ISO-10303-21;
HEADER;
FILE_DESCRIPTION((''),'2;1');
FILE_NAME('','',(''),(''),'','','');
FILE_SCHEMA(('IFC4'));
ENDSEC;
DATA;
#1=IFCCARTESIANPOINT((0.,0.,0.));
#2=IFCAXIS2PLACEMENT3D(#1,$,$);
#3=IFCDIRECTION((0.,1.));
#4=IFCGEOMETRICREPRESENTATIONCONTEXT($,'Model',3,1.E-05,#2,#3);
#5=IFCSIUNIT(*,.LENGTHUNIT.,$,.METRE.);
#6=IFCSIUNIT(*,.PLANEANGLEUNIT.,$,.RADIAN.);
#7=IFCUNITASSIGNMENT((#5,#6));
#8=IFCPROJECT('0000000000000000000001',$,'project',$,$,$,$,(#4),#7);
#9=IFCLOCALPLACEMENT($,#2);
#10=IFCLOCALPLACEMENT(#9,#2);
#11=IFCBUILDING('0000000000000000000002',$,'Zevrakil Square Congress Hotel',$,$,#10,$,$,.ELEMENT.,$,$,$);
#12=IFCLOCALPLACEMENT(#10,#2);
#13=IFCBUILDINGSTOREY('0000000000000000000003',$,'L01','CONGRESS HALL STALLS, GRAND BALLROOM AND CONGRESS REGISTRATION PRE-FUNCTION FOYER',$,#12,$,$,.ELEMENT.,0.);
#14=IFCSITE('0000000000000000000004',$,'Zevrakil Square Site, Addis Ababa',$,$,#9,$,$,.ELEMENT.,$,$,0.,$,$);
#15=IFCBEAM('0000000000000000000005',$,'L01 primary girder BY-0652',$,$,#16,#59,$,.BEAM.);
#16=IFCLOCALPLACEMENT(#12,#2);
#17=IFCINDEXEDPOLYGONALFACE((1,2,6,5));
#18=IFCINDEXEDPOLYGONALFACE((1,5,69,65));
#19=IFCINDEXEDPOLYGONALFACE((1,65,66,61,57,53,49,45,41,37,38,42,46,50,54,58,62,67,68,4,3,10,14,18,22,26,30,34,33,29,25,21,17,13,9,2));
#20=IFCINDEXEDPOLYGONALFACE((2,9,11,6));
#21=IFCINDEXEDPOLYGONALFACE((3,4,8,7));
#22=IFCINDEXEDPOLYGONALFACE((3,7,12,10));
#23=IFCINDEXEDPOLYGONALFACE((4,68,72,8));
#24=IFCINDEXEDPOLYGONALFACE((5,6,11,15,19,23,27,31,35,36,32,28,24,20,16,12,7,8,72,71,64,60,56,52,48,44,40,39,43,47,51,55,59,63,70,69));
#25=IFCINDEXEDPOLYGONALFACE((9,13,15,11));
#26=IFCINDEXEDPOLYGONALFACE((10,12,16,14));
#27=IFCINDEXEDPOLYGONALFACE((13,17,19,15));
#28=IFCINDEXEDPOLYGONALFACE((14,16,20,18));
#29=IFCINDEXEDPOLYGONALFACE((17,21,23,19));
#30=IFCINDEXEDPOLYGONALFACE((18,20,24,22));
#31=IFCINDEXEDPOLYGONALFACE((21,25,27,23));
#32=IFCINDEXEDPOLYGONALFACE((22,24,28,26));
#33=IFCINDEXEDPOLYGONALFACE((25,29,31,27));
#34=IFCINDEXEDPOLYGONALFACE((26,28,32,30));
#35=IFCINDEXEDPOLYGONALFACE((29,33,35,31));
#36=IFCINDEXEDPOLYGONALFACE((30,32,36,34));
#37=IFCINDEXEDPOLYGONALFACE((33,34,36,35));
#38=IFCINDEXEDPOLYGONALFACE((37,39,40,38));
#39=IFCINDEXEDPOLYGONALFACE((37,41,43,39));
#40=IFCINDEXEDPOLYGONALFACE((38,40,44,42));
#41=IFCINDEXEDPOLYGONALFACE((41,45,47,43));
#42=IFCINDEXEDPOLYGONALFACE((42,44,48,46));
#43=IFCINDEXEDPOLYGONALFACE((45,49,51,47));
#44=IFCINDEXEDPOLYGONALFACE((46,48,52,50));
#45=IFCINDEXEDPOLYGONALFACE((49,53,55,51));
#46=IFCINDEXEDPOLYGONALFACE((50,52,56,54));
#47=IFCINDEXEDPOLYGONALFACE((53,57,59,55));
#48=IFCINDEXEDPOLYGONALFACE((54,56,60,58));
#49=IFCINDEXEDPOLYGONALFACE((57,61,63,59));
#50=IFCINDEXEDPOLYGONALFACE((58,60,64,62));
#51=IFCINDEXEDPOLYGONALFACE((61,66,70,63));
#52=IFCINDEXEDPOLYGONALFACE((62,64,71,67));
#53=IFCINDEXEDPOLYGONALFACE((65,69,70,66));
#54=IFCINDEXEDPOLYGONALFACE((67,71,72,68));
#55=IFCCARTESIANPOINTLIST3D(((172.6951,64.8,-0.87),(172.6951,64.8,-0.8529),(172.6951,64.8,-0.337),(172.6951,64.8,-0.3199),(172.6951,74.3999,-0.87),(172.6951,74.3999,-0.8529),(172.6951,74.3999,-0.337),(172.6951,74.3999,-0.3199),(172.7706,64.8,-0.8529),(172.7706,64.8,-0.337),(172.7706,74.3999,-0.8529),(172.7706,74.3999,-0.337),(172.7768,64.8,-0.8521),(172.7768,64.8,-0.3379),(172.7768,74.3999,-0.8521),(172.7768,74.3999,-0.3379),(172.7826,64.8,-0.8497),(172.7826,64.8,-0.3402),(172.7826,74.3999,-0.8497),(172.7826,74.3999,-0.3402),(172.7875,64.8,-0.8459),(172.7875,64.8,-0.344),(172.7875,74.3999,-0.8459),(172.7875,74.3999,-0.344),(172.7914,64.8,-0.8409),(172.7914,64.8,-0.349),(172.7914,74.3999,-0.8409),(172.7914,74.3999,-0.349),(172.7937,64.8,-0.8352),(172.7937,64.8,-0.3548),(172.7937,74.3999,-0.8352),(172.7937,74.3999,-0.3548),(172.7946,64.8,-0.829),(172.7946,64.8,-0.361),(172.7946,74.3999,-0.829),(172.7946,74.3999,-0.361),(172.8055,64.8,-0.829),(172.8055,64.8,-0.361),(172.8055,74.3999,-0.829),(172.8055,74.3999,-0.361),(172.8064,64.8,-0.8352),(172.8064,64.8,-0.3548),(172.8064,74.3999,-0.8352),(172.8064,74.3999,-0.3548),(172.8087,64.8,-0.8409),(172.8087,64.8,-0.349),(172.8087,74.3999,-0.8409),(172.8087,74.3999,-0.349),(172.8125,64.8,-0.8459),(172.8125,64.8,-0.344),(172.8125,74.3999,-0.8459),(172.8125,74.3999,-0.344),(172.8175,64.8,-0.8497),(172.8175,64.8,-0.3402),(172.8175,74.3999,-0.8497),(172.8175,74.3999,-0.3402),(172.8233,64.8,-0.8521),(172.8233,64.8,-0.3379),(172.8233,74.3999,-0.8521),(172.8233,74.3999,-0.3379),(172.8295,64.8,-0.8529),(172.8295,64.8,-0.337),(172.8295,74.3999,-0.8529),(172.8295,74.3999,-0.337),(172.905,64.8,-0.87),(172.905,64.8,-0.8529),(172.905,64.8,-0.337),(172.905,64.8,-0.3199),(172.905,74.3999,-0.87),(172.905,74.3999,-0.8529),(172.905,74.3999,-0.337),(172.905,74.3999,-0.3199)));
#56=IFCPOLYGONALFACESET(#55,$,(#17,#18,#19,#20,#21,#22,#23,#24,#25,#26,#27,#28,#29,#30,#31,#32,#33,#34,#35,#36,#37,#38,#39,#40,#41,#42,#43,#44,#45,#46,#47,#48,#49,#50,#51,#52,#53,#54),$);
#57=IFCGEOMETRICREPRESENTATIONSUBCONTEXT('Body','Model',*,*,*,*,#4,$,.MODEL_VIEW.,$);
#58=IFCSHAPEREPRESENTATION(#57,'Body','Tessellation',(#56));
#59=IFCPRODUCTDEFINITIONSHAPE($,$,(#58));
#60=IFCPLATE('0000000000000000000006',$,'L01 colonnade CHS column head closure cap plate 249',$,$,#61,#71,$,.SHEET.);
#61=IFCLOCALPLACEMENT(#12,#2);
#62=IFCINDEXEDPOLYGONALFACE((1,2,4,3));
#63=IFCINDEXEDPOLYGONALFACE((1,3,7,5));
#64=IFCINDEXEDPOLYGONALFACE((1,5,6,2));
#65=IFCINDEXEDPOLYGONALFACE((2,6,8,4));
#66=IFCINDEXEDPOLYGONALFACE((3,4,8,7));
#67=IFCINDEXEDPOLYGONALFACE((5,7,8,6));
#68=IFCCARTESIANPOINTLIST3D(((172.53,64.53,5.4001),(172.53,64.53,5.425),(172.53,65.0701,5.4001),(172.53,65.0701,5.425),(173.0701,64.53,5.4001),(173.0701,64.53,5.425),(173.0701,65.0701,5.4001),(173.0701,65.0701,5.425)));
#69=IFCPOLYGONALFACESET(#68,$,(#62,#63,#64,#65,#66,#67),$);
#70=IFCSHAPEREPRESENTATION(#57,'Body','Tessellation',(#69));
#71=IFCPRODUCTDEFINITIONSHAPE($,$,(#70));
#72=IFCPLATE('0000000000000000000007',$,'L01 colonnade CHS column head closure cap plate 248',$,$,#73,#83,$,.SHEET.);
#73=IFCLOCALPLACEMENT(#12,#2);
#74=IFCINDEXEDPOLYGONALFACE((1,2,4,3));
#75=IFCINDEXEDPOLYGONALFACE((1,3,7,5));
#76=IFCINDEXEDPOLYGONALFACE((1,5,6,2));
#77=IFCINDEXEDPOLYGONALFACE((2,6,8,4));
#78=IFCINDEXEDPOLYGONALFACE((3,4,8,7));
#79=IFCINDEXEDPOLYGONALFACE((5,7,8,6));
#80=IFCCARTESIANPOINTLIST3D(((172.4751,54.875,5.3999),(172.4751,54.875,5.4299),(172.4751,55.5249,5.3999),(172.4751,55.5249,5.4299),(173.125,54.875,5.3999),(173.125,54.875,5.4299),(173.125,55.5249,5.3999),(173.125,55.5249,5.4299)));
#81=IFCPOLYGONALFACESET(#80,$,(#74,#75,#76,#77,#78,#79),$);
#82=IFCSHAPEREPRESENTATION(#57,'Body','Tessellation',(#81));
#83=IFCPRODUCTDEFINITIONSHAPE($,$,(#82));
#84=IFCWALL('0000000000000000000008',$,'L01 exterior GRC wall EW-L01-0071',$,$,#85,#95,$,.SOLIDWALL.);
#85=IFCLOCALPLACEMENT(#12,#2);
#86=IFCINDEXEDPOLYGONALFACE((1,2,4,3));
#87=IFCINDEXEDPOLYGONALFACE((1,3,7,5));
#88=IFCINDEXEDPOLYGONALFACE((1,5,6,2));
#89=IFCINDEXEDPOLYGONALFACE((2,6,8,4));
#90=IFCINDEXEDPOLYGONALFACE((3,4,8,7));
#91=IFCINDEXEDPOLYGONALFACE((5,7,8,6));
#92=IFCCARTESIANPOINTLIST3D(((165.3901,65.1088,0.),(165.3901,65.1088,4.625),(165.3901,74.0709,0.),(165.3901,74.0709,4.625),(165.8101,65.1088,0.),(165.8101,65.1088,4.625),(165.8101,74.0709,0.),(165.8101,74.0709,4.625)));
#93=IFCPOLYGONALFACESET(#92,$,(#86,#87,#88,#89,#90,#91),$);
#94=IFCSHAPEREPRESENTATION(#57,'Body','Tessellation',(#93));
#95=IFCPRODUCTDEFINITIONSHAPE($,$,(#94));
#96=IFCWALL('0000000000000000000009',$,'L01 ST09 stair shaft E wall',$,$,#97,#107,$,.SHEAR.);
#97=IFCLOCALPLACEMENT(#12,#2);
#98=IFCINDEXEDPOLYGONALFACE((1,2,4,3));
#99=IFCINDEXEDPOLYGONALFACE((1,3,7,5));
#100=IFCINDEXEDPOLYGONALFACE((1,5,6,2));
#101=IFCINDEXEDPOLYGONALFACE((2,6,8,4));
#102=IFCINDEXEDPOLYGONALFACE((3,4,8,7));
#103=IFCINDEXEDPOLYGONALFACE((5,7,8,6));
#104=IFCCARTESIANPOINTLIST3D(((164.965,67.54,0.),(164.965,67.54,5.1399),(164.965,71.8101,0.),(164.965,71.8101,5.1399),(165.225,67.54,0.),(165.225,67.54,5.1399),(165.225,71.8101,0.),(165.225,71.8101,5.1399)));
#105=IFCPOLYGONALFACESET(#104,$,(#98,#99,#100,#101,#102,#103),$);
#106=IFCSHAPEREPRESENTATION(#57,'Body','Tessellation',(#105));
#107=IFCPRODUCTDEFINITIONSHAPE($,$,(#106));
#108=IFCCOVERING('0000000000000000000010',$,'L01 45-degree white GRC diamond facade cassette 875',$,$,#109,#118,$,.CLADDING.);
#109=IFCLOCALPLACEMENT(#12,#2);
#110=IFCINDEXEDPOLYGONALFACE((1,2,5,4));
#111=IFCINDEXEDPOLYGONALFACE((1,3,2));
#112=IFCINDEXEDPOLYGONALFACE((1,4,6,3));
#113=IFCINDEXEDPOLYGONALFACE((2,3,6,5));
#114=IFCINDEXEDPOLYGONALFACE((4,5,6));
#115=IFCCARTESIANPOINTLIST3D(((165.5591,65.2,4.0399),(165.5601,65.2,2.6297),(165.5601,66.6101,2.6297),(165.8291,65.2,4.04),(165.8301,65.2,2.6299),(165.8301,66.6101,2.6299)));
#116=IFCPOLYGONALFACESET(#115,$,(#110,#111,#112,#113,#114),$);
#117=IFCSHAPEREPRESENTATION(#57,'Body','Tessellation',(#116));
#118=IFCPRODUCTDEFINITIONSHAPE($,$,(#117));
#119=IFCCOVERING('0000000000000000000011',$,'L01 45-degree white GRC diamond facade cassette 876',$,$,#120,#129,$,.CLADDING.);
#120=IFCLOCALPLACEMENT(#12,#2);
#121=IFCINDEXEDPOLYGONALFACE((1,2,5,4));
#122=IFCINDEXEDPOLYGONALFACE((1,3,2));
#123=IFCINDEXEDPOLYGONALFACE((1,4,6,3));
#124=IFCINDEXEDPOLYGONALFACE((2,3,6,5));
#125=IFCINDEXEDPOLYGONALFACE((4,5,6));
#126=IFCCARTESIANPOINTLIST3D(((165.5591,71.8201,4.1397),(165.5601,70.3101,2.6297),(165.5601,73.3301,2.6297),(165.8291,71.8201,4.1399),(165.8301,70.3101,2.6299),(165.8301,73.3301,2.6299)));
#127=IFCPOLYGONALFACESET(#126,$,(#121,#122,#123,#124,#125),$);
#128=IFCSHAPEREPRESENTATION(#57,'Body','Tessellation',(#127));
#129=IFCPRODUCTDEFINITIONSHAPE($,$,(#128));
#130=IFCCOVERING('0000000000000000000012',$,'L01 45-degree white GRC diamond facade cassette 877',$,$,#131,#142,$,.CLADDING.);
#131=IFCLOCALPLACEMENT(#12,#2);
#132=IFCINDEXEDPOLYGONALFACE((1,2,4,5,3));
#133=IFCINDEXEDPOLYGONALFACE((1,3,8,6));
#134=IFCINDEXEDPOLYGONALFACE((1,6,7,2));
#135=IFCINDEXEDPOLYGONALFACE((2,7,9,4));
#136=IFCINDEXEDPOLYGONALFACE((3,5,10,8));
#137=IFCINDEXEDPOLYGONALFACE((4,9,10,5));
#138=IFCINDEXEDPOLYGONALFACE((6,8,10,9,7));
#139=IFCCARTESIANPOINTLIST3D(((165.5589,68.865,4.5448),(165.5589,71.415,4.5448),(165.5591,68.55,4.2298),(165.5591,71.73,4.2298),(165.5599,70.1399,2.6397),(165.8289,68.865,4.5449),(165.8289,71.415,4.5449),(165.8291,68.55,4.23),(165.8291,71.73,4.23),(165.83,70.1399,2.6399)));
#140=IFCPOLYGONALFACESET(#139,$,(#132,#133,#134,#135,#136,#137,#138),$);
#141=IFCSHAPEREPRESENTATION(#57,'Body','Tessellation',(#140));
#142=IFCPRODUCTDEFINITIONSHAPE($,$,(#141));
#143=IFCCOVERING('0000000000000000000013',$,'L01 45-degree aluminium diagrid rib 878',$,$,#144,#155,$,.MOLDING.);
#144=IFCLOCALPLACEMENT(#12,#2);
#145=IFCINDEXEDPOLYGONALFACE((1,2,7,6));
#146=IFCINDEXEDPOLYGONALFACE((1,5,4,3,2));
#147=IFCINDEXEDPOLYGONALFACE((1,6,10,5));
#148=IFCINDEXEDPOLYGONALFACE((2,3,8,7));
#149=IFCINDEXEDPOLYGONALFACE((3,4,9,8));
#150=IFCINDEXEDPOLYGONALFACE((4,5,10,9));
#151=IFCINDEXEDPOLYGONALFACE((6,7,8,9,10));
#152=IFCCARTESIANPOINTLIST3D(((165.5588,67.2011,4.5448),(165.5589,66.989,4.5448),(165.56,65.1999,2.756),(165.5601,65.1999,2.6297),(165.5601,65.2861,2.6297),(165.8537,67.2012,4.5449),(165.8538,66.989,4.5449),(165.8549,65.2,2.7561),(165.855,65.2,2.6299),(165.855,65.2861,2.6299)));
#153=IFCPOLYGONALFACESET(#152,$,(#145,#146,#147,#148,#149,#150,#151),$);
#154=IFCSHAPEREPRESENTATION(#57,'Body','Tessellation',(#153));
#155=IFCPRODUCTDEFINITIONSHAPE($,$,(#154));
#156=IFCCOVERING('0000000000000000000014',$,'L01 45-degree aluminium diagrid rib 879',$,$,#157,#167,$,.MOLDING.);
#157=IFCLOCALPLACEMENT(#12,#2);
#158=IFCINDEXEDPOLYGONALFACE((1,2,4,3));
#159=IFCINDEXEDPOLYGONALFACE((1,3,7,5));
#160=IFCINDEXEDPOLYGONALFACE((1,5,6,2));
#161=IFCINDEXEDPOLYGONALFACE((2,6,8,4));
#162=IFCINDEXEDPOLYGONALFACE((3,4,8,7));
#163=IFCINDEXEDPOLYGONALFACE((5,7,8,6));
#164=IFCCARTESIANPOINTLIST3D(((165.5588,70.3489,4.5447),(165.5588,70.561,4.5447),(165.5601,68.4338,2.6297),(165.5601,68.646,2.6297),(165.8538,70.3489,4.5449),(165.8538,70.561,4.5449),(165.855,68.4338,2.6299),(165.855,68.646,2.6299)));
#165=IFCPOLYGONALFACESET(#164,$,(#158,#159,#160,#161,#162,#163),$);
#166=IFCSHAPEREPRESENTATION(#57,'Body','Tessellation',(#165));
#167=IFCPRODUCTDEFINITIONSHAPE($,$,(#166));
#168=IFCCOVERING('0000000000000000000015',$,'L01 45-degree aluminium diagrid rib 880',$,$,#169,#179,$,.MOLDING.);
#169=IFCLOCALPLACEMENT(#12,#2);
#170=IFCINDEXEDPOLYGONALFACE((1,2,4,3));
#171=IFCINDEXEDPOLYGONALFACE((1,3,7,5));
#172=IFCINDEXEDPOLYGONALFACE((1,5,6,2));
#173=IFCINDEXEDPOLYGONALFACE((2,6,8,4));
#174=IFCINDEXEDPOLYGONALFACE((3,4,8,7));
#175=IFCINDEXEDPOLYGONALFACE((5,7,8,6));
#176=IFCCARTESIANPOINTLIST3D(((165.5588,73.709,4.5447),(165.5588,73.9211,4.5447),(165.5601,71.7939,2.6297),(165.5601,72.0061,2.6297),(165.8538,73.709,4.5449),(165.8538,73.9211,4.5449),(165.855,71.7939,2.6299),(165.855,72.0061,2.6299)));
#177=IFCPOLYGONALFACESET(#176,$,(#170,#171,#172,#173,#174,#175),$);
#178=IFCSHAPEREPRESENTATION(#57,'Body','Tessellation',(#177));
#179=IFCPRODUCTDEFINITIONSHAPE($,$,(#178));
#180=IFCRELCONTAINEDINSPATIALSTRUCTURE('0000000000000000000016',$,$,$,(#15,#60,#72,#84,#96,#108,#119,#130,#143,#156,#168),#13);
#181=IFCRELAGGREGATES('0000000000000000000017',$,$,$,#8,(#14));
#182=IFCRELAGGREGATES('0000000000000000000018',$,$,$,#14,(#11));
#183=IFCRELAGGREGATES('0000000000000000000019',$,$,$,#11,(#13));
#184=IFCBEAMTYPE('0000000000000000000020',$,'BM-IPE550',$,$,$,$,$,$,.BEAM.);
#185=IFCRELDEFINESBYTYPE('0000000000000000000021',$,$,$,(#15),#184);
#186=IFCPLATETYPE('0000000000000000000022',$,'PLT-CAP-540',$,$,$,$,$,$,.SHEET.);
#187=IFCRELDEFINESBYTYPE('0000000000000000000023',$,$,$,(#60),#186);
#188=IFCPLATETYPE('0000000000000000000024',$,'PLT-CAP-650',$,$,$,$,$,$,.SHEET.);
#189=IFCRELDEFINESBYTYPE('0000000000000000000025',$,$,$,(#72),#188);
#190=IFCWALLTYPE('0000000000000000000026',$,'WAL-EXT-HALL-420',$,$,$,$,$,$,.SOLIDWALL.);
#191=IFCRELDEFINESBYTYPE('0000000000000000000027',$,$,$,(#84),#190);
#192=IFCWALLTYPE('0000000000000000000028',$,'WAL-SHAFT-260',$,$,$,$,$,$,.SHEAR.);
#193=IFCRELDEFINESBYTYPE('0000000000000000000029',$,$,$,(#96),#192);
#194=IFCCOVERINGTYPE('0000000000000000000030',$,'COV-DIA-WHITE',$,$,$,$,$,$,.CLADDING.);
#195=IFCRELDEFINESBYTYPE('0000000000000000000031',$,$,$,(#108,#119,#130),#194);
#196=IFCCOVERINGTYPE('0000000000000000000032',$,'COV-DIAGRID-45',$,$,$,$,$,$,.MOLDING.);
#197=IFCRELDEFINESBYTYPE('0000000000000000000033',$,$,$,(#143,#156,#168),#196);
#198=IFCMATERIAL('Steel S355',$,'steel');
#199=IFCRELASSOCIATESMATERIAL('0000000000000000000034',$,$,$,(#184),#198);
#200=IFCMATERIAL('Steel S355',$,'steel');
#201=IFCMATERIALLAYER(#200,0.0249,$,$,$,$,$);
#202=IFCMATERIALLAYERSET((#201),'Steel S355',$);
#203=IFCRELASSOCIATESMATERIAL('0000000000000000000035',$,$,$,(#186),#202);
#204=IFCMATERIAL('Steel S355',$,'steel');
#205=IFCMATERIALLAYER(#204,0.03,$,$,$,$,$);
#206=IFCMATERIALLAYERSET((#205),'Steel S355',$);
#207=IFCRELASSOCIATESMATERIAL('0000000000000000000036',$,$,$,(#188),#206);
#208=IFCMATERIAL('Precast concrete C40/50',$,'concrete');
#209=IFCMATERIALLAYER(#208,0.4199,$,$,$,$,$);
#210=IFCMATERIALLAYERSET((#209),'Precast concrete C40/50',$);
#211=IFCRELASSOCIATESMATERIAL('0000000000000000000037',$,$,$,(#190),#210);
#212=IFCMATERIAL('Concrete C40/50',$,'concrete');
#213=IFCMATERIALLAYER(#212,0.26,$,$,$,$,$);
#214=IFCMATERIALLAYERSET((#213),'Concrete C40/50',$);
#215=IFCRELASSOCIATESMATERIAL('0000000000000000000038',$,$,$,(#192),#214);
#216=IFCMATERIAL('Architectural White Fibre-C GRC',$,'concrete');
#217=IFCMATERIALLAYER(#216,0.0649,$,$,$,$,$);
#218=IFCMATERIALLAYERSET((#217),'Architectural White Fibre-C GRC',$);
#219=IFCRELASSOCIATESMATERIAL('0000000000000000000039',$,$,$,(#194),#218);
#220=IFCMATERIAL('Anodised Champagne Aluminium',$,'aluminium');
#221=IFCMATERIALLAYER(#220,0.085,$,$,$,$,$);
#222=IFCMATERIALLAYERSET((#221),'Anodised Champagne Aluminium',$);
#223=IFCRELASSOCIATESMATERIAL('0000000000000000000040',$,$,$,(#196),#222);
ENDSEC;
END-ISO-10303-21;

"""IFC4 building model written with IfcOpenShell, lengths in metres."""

from ifc_helpers import new_model, si_unit, direction, frame, frame_2d, origin, origin_2d, place, context, subcontext, project, spatial, polyline, rectangle, i_section, outline, extrude, material, layer, layer_set, material_profile, profile_set, type_object, element, save


model = new_model("IFC4")

# Units and contexts
model_context = context("Model", 3, precision=1e-05, world=origin(), true_north=direction((0.0, 1.0)))
body_context = subcontext(model_context, "Body", "Model", "MODEL_VIEW")
ifc_project = project(units=[si_unit("LENGTHUNIT", "METRE"), si_unit("PLANEANGLEUNIT", "RADIAN")], contexts=[model_context])

# Site, building, storey
site_placement = place(None, origin())
site = spatial("IfcSite", under=ifc_project, at=site_placement, Name="Zevrakil Square Site, Addis Ababa", CompositionType="ELEMENT", RefElevation=0.0)
building_placement = place(site_placement, origin())
building = spatial("IfcBuilding", under=site, at=building_placement, Name="Zevrakil Square Congress Hotel", CompositionType="ELEMENT")
storey_placement = place(building_placement, origin())
storey = spatial("IfcBuildingStorey", under=building, at=storey_placement, Name="L01", Description="CONGRESS HALL STALLS, GRAND BALLROOM AND CONGRESS REGISTRATION PRE-FUNCTION FOYER", CompositionType="ELEMENT", Elevation=0.0)

# Beam
ifc_material_1 = material(Name="Steel S355", Category="steel")
ifc_material_profile_1 = material_profile(ifc_material_1, i_section(OverallWidth=0.21, OverallDepth=0.55, WebThickness=0.011, FlangeThickness=0.0171, FilletRadius=0.0239, at=origin_2d()), Name="IPE 550")
ifc_profile_set_1 = profile_set([ifc_material_profile_1], Name="Steel S355")
beam_type_1 = type_object("IfcBeamType", Name="BM-IPE550", PredefinedType="BEAM", material=ifc_profile_set_1)
beam_1_placement = place(storey_placement, frame((172.8, 64.8, -0.595), z_axis=(0.0, 1.0, 0.0), x_axis=(-1.0, 0.0, 0.0)))
element("IfcBeam", 1, at=beam_1_placement, inside=storey, type_object=beam_type_1, Name="L01 primary girder BY-0652", PredefinedType="BEAM", context=body_context, shape_type="SweptSolid", body=[
    extrude(i_section(OverallWidth=0.21, OverallDepth=0.55, WebThickness=0.011, FlangeThickness=0.0171, FilletRadius=0.0239, at=origin_2d()), origin(), (0.0, 0.0, 1.0), 9.5999),
])

# Plates
ifc_material_2 = material(Name="Steel S355", Category="steel")
ifc_layer_1 = layer(ifc_material_2, 0.0249)
ifc_layer_set_1 = layer_set([ifc_layer_1], Name="Steel S355")
plate_type_1 = type_object("IfcPlateType", Name="PLT-CAP-540", PredefinedType="SHEET", material=ifc_layer_set_1)
plate_1_placement = place(storey_placement, frame((172.8, 64.8, 5.4001), z_axis=(0.0, 0.0, 1.0), x_axis=(1.0, 0.0, 0.0)))
element("IfcPlate", 2, at=plate_1_placement, inside=storey, type_object=plate_type_1, Name="L01 colonnade CHS column head closure cap plate 249", PredefinedType="SHEET", context=body_context, shape_type="SweptSolid", body=[
    extrude(rectangle(XDim=0.54, YDim=0.54, at=origin_2d()), origin(), (0.0, 0.0, 1.0), 0.0249),
])
ifc_material_3 = material(Name="Steel S355", Category="steel")
ifc_layer_2 = layer(ifc_material_3, 0.03)
ifc_layer_set_2 = layer_set([ifc_layer_2], Name="Steel S355")
plate_type_2 = type_object("IfcPlateType", Name="PLT-CAP-650", PredefinedType="SHEET", material=ifc_layer_set_2)
plate_2_placement = place(storey_placement, frame((172.8, 55.2, 5.3999), z_axis=(0.0, 0.0, 1.0), x_axis=(1.0, 0.0, 0.0)))
element("IfcPlate", 3, at=plate_2_placement, inside=storey, type_object=plate_type_2, Name="L01 colonnade CHS column head closure cap plate 248", PredefinedType="SHEET", context=body_context, shape_type="SweptSolid", body=[
    extrude(rectangle(XDim=0.6499, YDim=0.6499, at=origin_2d()), origin(), (0.0, 0.0, 1.0), 0.03),
])

# Walls
ifc_material_4 = material(Name="Precast concrete C40/50", Category="concrete")
ifc_layer_3 = layer(ifc_material_4, 0.4199)
ifc_layer_set_3 = layer_set([ifc_layer_3], Name="Precast concrete C40/50")
wall_type_1 = type_object("IfcWallType", Name="WAL-EXT-HALL-420", PredefinedType="SOLIDWALL", material=ifc_layer_set_3)
wall_1_placement = place(storey_placement, frame((165.6001, 65.1089, 0.0), z_axis=(0.0, 0.0, 1.0), x_axis=(0.0, 1.0, 0.0)))
element("IfcWall", 4, at=wall_1_placement, inside=storey, type_object=wall_type_1, Name="L01 exterior GRC wall EW-L01-0071", PredefinedType="SOLIDWALL", context=body_context, shape_type="SweptSolid", body=[
    extrude(rectangle(XDim=8.9622, YDim=0.4199, at=frame_2d((4.481, 0.0))), origin(), (0.0, 0.0, 1.0), 4.625),
])
ifc_material_5 = material(Name="Concrete C40/50", Category="concrete")
ifc_layer_4 = layer(ifc_material_5, 0.26)
ifc_layer_set_4 = layer_set([ifc_layer_4], Name="Concrete C40/50")
wall_type_2 = type_object("IfcWallType", Name="WAL-SHAFT-260", PredefinedType="SHEAR", material=ifc_layer_set_4)
wall_2_placement = place(storey_placement, frame((165.095, 67.54, 0.0), z_axis=(0.0, 0.0, 1.0), x_axis=(0.0, 1.0, 0.0)))
element("IfcWall", 5, at=wall_2_placement, inside=storey, type_object=wall_type_2, Name="L01 ST09 stair shaft E wall", PredefinedType="SHEAR", context=body_context, shape_type="SweptSolid", body=[
    extrude(rectangle(XDim=4.27, YDim=0.26, at=frame_2d((2.135, 0.0))), origin(), (0.0, 0.0, 1.0), 5.1399),
])

# Coverings
ifc_material_6 = material(Name="Architectural White Fibre-C GRC", Category="concrete")
ifc_layer_5 = layer(ifc_material_6, 0.0649)
ifc_layer_set_5 = layer_set([ifc_layer_5], Name="Architectural White Fibre-C GRC")
covering_type_1 = type_object("IfcCoveringType", Name="COV-DIA-WHITE", PredefinedType="CLADDING", material=ifc_layer_set_5)
covering_1_placement = place(storey_placement, frame((165.8301, 66.6101, 2.6299), z_axis=(1.0, 0.0, 0.000693), x_axis=(0.0, -1.0, 0.0)))
element("IfcCovering", 6, at=covering_1_placement, inside=storey, type_object=covering_type_1, Name="L01 45-degree white GRC diamond facade cassette 875", PredefinedType="CLADDING", context=body_context, shape_type="SweptSolid", body=[
    extrude(outline(polyline([(0.0, 0.0), (1.4102, 0.0), (1.4102, -1.4102), (0.0, 0.0)])), origin(), (0.0, 0.0, -1.0), 0.27),
])
covering_2_placement = place(storey_placement, frame((165.8291, 71.8201, 4.1399), z_axis=(1.0, 0.0, 0.000647), x_axis=(0.000457, 0.707107, -0.707107)))
element("IfcCovering", 7, at=covering_2_placement, inside=storey, type_object=covering_type_1, Name="L01 45-degree white GRC diamond facade cassette 876", PredefinedType="CLADDING", context=body_context, shape_type="SweptSolid", body=[
    extrude(outline(polyline([(0.0, 0.0), (2.1355, 0.0), (0.0, -2.1355), (0.0, 0.0)])), origin(), (0.0, 0.0, -1.0), 0.27),
])
covering_3_placement = place(storey_placement, frame((165.8291, 71.73, 4.23), z_axis=(1.0, 0.0, 0.000543), x_axis=(0.000384, -0.707107, -0.707107)))
element("IfcCovering", 8, at=covering_3_placement, inside=storey, type_object=covering_type_1, Name="L01 45-degree white GRC diamond facade cassette 877", PredefinedType="CLADDING", context=body_context, shape_type="SweptSolid", body=[
    extrude(outline(polyline([(0.0, 0.0), (2.2487, 0.0), (2.2486, -2.2486), (1.8032, -2.2486), (0.0, -0.4454), (0.0, 0.0)])), origin(), (0.0, 0.0, -1.0), 0.27),
])
ifc_material_7 = material(Name="Anodised Champagne Aluminium", Category="aluminium")
ifc_layer_6 = layer(ifc_material_7, 0.085)
ifc_layer_set_6 = layer_set([ifc_layer_6], Name="Anodised Champagne Aluminium")
covering_type_2 = type_object("IfcCoveringType", Name="COV-DIAGRID-45", PredefinedType="MOLDING", material=ifc_layer_set_6)
covering_4_placement = place(storey_placement, frame((165.855, 65.2861, 2.6299), z_axis=(1.0, 0.000193, 0.000457), x_axis=(0.000193, -1.0, 0.0)))
element("IfcCovering", 9, at=covering_4_placement, inside=storey, type_object=covering_type_2, Name="L01 45-degree aluminium diagrid rib 878", PredefinedType="MOLDING", context=body_context, shape_type="SweptSolid", body=[
    extrude(outline(polyline([(0.0, 0.0), (0.0862, 0.0), (0.0862, -0.1262), (-1.7029, -1.915), (-1.915, -1.915), (0.0, 0.0)])), origin(), (0.0, 0.0, -1.0), 0.2949),
])
for number, where, z_axis, x_axis, name in (
    (10, (165.855, 68.646, 2.6299), (1.0, 0.0, 0.000637), (0.0, -1.0, 0.0), "L01 45-degree aluminium diagrid rib 879"),
    (11, (165.855, 72.0061, 2.6299), (1.0, 0.0, 0.000637), (0.0, -1.0, 0.0), "L01 45-degree aluminium diagrid rib 880"),
):
    element("IfcCovering", number, at=place(storey_placement, frame(where, z_axis=z_axis, x_axis=x_axis)), inside=storey, type_object=covering_type_2, Name=name, PredefinedType="MOLDING", context=body_context, shape_type="SweptSolid", body=[
        extrude(outline(polyline([(0.0, 0.0), (0.2122, 0.0), (-1.7029, -1.915), (-1.915, -1.915), (0.0, 0.0)])), origin(), (0.0, 0.0, -1.0), 0.2949),
    ])

save(model, "model.ifc")
